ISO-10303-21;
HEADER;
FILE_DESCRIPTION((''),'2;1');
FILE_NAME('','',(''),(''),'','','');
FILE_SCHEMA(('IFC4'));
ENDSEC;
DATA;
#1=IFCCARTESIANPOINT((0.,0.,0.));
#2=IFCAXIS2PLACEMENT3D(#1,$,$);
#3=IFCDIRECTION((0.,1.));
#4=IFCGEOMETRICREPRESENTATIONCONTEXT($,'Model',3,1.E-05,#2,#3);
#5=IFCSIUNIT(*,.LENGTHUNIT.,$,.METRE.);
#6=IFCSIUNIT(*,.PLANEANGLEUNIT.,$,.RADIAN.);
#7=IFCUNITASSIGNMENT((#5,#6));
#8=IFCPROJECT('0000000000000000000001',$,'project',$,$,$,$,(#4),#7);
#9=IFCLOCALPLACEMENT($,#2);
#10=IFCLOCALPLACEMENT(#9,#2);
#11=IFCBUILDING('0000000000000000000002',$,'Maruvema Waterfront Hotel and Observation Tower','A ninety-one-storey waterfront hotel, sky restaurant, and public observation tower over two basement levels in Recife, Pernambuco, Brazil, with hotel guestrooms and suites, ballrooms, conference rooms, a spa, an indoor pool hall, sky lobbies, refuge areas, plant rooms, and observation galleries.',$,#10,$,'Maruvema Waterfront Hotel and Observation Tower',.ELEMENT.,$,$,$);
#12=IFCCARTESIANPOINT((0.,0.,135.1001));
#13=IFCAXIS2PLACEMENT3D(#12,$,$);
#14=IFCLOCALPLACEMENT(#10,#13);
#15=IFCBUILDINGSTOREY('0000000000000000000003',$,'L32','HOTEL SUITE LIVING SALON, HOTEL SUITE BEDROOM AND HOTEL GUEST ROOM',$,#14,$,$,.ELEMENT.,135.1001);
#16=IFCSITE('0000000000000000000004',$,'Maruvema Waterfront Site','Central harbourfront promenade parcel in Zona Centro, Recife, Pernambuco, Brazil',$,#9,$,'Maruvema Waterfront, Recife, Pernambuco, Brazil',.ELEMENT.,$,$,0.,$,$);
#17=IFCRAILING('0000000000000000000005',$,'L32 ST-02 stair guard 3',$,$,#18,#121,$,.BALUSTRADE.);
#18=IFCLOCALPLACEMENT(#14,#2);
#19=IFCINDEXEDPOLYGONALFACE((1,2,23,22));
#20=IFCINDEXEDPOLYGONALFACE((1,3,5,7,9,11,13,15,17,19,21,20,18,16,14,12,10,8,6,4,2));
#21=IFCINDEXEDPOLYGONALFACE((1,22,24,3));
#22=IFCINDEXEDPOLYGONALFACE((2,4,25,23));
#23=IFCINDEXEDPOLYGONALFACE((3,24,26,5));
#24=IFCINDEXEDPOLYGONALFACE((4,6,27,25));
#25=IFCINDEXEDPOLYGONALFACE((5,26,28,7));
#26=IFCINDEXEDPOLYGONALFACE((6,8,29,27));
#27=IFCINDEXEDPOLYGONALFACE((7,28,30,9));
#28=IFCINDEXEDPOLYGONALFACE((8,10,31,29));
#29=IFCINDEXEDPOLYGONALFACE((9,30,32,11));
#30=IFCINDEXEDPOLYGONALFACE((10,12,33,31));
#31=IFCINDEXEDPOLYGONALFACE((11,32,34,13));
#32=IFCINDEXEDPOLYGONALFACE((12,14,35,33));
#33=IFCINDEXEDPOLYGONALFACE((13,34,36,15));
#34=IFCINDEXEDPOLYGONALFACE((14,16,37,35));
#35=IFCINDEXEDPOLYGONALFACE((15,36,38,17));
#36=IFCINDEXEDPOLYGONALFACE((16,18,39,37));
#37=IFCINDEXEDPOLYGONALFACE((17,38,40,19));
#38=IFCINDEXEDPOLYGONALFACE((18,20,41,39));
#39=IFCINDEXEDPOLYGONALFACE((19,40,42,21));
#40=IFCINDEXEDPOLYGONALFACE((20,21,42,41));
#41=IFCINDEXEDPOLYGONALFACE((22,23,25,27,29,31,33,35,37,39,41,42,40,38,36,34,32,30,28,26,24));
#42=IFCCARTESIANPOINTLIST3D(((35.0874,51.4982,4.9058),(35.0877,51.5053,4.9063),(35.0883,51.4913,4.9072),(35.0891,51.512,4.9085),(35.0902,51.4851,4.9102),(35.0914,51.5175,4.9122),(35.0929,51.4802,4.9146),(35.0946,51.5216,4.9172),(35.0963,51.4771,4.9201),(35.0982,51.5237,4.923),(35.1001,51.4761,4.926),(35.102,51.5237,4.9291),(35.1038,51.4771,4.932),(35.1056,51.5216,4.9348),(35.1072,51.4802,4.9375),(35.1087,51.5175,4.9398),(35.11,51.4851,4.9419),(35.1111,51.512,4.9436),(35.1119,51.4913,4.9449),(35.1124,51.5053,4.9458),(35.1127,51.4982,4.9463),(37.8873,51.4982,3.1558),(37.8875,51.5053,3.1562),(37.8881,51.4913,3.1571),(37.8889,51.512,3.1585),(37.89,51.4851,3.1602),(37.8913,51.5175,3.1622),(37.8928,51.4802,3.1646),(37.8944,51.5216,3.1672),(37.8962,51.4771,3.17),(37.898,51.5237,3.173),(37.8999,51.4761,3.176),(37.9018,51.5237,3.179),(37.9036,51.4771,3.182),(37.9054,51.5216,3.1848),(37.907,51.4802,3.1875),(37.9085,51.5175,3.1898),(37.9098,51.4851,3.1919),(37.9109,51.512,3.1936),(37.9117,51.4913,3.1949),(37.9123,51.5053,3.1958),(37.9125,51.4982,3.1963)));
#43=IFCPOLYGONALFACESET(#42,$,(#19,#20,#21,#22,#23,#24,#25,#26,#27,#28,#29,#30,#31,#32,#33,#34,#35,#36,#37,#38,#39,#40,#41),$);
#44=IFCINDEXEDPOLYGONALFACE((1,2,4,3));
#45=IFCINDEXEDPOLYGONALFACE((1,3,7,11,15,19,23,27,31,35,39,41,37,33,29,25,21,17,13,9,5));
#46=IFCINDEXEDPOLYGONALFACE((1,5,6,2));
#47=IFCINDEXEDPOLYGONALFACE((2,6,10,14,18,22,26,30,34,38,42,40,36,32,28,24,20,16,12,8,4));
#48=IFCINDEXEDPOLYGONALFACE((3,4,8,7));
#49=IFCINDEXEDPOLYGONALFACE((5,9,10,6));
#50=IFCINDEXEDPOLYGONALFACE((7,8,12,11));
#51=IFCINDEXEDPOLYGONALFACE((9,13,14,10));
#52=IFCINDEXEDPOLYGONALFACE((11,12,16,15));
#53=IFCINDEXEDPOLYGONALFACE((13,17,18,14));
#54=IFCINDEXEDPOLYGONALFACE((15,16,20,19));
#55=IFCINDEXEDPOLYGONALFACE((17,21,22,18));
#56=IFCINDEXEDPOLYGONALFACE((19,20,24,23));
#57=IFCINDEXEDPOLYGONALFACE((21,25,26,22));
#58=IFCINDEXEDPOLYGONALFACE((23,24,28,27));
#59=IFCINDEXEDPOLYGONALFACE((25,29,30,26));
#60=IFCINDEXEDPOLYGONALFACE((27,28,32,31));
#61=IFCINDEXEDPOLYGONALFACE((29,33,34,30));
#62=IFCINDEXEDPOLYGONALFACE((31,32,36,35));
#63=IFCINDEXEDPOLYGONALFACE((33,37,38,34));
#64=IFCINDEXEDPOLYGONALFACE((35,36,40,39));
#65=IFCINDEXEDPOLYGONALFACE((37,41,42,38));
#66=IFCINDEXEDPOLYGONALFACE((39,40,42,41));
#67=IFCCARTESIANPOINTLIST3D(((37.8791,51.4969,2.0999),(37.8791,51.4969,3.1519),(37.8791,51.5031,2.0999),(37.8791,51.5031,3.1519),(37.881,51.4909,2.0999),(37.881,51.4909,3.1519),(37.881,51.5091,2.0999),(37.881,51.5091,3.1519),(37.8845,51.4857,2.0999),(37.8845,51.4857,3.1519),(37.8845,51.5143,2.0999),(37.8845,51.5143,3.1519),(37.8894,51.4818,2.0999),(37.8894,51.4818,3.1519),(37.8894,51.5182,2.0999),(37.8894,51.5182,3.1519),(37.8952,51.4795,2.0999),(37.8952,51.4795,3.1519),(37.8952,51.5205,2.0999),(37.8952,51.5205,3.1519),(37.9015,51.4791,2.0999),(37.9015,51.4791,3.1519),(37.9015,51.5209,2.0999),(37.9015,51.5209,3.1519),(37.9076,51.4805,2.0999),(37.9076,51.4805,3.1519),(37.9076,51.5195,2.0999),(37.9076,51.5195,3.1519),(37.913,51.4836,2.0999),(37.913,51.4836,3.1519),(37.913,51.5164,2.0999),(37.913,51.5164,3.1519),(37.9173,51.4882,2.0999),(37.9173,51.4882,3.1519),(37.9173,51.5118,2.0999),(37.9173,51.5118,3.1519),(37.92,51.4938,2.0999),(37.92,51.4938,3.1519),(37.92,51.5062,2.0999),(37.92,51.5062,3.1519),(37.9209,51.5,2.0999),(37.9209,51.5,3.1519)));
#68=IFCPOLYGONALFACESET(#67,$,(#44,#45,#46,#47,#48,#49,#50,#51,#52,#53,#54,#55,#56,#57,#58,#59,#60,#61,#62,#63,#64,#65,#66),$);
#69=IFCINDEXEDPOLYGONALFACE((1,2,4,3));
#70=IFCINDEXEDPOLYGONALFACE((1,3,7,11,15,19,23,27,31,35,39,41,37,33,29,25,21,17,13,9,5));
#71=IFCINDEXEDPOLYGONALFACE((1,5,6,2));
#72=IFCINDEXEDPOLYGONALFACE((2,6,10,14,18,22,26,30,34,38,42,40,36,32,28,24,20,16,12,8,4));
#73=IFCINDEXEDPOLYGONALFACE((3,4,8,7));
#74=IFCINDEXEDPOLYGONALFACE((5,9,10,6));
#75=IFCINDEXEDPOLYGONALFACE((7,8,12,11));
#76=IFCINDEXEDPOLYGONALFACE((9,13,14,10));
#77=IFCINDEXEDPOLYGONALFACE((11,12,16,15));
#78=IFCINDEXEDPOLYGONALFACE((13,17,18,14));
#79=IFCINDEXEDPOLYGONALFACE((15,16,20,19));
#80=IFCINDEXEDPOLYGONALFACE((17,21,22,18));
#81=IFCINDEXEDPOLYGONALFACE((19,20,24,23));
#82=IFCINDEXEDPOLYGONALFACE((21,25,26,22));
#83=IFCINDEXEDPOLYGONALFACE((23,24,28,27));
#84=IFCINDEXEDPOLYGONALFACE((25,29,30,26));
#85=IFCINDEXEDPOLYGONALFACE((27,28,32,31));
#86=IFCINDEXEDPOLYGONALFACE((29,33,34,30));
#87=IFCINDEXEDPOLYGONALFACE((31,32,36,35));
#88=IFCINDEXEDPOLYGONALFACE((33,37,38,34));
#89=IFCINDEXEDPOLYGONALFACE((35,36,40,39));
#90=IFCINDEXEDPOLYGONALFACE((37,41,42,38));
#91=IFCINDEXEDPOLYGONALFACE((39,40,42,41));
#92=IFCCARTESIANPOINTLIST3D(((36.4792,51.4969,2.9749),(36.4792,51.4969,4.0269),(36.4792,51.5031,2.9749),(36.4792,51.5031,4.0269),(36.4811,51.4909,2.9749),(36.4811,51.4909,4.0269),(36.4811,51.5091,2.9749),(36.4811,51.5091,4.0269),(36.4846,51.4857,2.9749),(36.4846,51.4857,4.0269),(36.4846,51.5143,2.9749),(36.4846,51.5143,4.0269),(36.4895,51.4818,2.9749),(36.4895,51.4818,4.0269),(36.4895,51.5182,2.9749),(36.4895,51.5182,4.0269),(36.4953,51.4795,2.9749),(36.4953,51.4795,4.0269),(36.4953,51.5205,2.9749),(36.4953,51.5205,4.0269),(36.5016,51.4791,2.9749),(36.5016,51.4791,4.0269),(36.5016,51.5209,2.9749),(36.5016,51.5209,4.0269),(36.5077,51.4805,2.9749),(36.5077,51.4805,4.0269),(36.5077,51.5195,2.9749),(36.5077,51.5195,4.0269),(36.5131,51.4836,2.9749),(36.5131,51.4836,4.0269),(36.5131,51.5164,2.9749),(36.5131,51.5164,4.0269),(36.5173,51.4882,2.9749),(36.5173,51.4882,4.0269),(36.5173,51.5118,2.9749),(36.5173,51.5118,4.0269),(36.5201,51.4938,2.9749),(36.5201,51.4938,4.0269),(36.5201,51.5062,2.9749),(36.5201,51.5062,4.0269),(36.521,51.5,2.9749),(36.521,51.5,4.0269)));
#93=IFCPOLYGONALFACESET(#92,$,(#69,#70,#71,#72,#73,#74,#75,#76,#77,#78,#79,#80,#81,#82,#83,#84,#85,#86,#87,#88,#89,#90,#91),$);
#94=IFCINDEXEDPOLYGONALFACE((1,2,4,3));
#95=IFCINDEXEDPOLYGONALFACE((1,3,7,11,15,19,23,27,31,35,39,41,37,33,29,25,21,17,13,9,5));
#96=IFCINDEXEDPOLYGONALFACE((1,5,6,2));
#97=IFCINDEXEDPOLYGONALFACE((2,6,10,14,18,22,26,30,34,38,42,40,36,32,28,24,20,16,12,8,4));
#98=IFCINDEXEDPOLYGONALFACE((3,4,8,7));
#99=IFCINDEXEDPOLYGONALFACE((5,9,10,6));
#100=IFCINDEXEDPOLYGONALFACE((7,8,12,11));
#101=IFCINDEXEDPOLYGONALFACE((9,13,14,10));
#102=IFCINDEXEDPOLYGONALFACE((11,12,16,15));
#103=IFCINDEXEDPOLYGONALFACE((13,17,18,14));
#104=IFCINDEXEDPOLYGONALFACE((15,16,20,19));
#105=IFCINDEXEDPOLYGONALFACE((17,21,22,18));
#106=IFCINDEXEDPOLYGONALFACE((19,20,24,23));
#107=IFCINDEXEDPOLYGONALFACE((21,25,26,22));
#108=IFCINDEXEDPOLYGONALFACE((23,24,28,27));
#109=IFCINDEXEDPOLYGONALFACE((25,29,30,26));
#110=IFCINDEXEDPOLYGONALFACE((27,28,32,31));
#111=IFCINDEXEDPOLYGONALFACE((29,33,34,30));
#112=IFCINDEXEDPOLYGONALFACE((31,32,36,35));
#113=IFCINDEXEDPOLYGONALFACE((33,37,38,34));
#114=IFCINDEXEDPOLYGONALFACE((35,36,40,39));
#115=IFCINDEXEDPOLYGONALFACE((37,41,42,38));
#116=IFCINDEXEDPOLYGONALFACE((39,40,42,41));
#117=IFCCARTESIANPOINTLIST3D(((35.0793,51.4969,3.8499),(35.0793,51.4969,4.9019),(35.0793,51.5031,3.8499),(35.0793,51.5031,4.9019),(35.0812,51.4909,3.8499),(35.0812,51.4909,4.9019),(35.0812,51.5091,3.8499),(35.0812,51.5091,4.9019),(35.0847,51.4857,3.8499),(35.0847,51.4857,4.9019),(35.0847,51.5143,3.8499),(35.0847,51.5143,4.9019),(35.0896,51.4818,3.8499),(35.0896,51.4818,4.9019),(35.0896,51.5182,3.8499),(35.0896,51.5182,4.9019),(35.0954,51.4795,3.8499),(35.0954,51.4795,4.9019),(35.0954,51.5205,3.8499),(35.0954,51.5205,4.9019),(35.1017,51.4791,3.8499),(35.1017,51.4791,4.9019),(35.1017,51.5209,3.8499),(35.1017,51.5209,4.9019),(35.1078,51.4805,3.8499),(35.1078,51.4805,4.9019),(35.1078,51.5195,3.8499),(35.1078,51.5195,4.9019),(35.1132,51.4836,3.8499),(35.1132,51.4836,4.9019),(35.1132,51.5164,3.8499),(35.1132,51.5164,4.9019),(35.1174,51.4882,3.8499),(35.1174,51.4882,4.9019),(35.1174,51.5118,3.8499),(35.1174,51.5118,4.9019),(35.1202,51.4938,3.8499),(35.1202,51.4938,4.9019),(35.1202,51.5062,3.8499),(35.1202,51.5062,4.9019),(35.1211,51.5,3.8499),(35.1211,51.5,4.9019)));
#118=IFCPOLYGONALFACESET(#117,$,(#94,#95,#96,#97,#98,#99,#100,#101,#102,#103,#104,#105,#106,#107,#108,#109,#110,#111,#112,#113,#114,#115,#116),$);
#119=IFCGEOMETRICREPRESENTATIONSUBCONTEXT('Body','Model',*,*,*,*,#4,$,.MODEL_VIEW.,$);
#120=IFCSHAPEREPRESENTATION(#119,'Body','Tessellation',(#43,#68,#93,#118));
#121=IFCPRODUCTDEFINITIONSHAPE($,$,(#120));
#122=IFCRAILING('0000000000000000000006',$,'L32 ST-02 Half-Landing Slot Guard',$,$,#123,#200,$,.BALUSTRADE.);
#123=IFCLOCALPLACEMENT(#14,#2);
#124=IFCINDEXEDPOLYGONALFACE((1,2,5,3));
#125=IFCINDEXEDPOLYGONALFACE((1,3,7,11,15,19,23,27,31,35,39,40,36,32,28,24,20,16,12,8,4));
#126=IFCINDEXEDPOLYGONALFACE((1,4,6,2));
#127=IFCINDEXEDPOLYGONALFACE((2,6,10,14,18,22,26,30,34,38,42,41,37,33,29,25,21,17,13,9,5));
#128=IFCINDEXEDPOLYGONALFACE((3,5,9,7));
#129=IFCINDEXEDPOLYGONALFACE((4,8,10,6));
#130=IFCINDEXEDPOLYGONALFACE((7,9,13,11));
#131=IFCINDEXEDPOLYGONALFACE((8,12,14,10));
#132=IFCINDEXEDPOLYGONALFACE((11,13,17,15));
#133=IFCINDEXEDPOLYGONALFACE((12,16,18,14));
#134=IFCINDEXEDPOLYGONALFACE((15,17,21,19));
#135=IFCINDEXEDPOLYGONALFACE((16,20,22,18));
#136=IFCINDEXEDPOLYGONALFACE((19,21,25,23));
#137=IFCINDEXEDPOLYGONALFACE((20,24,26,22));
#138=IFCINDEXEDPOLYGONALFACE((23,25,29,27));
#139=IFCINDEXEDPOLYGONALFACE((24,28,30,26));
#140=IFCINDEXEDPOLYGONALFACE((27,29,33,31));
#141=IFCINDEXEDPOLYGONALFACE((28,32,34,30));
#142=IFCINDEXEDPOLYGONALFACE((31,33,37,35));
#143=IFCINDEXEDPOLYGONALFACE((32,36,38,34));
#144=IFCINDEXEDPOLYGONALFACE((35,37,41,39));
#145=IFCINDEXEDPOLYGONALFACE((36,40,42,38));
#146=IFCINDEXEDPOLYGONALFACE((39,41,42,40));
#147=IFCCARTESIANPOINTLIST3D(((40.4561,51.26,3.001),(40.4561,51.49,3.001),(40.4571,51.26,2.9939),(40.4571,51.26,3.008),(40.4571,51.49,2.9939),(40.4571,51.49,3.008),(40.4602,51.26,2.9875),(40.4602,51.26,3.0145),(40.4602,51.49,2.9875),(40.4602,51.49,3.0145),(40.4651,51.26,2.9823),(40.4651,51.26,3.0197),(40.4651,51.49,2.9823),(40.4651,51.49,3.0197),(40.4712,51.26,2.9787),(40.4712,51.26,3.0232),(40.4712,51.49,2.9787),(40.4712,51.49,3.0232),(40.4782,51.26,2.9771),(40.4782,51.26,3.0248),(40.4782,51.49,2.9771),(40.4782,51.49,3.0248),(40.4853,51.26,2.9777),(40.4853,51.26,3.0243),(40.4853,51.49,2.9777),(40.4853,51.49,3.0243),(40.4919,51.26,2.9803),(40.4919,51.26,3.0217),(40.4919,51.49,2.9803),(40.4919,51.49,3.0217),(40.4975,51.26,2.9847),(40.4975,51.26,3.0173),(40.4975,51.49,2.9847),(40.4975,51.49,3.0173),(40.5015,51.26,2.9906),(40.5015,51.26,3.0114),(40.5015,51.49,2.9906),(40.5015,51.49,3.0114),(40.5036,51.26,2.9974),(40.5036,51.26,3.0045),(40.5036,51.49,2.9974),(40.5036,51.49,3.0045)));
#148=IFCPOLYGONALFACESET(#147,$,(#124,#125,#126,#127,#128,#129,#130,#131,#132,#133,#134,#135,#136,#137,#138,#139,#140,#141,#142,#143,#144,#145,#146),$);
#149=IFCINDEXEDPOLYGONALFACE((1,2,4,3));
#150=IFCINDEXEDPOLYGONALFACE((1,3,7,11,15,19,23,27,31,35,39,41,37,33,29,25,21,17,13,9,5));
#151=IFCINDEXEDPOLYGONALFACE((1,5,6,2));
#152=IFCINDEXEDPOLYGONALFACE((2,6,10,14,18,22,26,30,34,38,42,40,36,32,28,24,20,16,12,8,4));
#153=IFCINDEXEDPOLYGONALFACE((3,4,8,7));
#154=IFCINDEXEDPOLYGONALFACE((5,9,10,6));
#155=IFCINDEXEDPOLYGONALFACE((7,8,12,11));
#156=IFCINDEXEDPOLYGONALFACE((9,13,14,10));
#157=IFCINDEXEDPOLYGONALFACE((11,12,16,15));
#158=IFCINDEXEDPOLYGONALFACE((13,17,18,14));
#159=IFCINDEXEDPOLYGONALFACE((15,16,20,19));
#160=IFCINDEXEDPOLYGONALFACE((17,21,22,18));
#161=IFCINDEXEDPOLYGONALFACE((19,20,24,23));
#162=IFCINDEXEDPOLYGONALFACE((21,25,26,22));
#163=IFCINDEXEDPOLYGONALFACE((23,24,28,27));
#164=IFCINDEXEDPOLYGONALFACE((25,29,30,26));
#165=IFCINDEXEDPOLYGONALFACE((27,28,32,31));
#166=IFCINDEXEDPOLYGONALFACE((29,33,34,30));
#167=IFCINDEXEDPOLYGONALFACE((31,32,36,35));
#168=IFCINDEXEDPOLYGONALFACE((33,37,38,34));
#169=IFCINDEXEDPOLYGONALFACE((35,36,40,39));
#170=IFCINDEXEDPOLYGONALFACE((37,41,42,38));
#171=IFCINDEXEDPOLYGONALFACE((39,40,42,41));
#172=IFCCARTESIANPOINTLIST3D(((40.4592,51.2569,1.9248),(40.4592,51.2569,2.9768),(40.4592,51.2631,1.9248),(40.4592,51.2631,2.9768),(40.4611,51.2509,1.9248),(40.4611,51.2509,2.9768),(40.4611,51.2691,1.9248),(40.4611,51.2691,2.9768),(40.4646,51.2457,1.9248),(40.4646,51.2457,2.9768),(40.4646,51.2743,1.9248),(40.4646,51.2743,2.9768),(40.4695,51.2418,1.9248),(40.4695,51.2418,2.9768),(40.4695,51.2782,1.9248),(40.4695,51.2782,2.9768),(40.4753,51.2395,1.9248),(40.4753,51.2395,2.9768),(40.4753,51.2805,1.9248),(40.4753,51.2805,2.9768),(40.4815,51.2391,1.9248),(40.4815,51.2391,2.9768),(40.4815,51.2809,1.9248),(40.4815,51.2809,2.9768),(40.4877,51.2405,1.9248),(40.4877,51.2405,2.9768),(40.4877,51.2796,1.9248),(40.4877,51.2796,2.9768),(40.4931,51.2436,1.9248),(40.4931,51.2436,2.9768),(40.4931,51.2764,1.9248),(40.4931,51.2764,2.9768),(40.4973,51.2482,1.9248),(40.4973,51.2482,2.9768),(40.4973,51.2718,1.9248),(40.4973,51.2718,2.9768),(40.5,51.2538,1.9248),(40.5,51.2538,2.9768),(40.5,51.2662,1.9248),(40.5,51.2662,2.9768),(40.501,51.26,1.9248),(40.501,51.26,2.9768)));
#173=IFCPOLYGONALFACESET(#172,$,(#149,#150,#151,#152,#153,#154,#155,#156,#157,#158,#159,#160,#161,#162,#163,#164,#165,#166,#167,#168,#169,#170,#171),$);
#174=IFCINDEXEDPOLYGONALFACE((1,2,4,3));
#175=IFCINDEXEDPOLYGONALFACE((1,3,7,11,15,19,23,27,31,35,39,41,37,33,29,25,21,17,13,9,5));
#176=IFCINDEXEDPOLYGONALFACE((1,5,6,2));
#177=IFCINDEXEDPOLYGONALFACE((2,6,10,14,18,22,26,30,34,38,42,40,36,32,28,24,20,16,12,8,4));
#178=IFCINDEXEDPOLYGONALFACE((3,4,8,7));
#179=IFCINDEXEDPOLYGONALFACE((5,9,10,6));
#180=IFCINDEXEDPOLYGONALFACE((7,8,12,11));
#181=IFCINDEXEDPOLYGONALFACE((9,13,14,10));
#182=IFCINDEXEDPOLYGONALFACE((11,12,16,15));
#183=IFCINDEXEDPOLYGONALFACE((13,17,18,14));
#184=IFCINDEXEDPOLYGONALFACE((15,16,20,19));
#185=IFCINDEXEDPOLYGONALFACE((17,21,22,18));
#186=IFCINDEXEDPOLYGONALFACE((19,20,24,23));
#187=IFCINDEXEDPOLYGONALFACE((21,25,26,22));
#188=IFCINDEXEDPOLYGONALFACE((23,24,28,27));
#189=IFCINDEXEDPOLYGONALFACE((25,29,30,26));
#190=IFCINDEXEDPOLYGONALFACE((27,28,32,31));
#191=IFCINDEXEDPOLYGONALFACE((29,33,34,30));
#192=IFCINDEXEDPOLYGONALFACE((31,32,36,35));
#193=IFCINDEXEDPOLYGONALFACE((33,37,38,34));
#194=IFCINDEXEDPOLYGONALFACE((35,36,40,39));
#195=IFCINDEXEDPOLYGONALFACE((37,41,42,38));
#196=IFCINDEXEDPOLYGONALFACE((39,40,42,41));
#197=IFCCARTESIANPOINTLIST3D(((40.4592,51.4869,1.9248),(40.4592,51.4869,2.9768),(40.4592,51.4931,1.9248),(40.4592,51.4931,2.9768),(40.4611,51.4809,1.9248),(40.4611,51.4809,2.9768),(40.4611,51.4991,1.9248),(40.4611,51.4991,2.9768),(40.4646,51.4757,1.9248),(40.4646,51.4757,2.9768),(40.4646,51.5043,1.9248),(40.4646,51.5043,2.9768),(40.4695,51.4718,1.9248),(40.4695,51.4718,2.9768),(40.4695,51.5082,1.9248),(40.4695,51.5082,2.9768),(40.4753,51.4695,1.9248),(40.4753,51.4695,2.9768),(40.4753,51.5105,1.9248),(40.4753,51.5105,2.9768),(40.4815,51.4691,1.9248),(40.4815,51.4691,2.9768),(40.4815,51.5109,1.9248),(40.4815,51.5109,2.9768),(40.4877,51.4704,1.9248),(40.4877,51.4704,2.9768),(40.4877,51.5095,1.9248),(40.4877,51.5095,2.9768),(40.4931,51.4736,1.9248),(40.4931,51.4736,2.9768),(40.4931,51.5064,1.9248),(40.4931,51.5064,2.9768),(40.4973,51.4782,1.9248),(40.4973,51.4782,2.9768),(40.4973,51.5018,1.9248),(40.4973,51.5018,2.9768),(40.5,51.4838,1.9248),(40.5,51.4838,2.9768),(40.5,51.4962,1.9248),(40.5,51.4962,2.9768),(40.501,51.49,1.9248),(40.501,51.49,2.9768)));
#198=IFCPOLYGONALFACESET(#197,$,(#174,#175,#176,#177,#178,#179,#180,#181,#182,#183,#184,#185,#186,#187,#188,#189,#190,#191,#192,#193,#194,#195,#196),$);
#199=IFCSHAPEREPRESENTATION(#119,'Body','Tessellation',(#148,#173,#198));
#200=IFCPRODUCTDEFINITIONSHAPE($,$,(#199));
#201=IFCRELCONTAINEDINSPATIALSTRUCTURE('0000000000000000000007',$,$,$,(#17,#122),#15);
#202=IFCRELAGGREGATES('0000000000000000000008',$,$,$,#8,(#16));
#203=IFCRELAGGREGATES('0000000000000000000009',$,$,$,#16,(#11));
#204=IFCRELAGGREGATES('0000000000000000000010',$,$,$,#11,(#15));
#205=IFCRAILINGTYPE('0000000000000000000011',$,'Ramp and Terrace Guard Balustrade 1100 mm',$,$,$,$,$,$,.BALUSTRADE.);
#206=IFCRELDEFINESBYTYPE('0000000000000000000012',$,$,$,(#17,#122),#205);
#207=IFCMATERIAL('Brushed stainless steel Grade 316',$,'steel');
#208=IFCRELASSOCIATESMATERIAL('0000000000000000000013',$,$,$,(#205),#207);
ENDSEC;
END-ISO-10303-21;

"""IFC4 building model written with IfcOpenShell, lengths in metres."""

from ifc_helpers import new_model, si_unit, direction, frame, origin, origin_2d, place, context, subcontext, project, spatial, circle, extrude, material, type_object, element, save


model = new_model("IFC4")

# Units and contexts
model_context = context("Model", 3, precision=1e-05, world=origin(), true_north=direction((0.0, 1.0)))
body_context = subcontext(model_context, "Body", "Model", "MODEL_VIEW")
ifc_project = project(units=[si_unit("LENGTHUNIT", "METRE"), si_unit("PLANEANGLEUNIT", "RADIAN")], contexts=[model_context])

# Site, building, storey
site_placement = place(None, origin())
site = spatial("IfcSite", under=ifc_project, at=site_placement, Name="Maruvema Waterfront Site", Description="Central harbourfront promenade parcel in Zona Centro, Recife, Pernambuco, Brazil", LongName="Maruvema Waterfront, Recife, Pernambuco, Brazil", CompositionType="ELEMENT", RefElevation=0.0)
building_placement = place(site_placement, origin())
building = spatial("IfcBuilding", under=site, at=building_placement, Name="Maruvema Waterfront Hotel and Observation Tower", Description="A ninety-one-storey waterfront hotel, sky restaurant, and public observation tower over two basement levels in Recife, Pernambuco, Brazil, with hotel guestrooms and suites, ballrooms, conference rooms, a spa, an indoor pool hall, sky lobbies, refuge areas, plant rooms, and observation galleries.", LongName="Maruvema Waterfront Hotel and Observation Tower", CompositionType="ELEMENT")
storey_placement = place(building_placement, frame((0.0, 0.0, 135.1001)))
storey = spatial("IfcBuildingStorey", under=building, at=storey_placement, Name="L32", Description="HOTEL SUITE LIVING SALON, HOTEL SUITE BEDROOM AND HOTEL GUEST ROOM", CompositionType="ELEMENT", Elevation=135.1001)

# Railings
ifc_material_1 = material(Name="Brushed stainless steel Grade 316", Category="steel")
railing_type_1 = type_object("IfcRailingType", Name="Ramp and Terrace Guard Balustrade 1100 mm", PredefinedType="BALUSTRADE", material=ifc_material_1)
railing_1_placement = place(storey_placement, frame((37.8999, 51.5, 2.0999)))
element("IfcRailing", 1, at=railing_1_placement, inside=storey, type_object=railing_type_1, Name="L32 ST-02 stair guard 3", PredefinedType="BALUSTRADE", context=body_context, shape_type="SweptSolid", body=[
    extrude(circle(Radius=0.0239, at=origin_2d()), frame((0.0, 0.0, 1.0762), z_axis=(-0.847982, 0.0, 0.530026), x_axis=(0.0, -1.0, 0.0)), (0.0, 0.0, 1.0), 3.3018),
    extrude(circle(Radius=0.021, at=origin_2d()), origin(), (0.0, 0.0, 1.0), 1.052),
    extrude(circle(Radius=0.021, at=origin_2d()), frame((-1.3999, 0.0, 0.875)), (0.0, 0.0, 1.0), 1.052),
    extrude(circle(Radius=0.021, at=origin_2d()), frame((-2.7998, 0.0, 1.75)), (0.0, 0.0, 1.0), 1.052),
])
railing_2_placement = place(storey_placement, frame((40.48, 51.26, 1.9248)))
element("IfcRailing", 2, at=railing_2_placement, inside=storey, type_object=railing_type_1, Name="L32 ST-02 Half-Landing Slot Guard", PredefinedType="BALUSTRADE", context=body_context, shape_type="SweptSolid", body=[
    extrude(circle(Radius=0.0239, at=origin_2d()), frame((0.0, 0.0, 1.0762), z_axis=(0.0, 1.0, 0.0), x_axis=(-1.0, 0.0, 0.0)), (0.0, 0.0, 1.0), 0.23),
    extrude(circle(Radius=0.021, at=origin_2d()), origin(), (0.0, 0.0, 1.0), 1.052),
    extrude(circle(Radius=0.021, at=origin_2d()), frame((0.0, 0.23, 0.0)), (0.0, 0.0, 1.0), 1.052),
])

save(model, "model.ifc")
